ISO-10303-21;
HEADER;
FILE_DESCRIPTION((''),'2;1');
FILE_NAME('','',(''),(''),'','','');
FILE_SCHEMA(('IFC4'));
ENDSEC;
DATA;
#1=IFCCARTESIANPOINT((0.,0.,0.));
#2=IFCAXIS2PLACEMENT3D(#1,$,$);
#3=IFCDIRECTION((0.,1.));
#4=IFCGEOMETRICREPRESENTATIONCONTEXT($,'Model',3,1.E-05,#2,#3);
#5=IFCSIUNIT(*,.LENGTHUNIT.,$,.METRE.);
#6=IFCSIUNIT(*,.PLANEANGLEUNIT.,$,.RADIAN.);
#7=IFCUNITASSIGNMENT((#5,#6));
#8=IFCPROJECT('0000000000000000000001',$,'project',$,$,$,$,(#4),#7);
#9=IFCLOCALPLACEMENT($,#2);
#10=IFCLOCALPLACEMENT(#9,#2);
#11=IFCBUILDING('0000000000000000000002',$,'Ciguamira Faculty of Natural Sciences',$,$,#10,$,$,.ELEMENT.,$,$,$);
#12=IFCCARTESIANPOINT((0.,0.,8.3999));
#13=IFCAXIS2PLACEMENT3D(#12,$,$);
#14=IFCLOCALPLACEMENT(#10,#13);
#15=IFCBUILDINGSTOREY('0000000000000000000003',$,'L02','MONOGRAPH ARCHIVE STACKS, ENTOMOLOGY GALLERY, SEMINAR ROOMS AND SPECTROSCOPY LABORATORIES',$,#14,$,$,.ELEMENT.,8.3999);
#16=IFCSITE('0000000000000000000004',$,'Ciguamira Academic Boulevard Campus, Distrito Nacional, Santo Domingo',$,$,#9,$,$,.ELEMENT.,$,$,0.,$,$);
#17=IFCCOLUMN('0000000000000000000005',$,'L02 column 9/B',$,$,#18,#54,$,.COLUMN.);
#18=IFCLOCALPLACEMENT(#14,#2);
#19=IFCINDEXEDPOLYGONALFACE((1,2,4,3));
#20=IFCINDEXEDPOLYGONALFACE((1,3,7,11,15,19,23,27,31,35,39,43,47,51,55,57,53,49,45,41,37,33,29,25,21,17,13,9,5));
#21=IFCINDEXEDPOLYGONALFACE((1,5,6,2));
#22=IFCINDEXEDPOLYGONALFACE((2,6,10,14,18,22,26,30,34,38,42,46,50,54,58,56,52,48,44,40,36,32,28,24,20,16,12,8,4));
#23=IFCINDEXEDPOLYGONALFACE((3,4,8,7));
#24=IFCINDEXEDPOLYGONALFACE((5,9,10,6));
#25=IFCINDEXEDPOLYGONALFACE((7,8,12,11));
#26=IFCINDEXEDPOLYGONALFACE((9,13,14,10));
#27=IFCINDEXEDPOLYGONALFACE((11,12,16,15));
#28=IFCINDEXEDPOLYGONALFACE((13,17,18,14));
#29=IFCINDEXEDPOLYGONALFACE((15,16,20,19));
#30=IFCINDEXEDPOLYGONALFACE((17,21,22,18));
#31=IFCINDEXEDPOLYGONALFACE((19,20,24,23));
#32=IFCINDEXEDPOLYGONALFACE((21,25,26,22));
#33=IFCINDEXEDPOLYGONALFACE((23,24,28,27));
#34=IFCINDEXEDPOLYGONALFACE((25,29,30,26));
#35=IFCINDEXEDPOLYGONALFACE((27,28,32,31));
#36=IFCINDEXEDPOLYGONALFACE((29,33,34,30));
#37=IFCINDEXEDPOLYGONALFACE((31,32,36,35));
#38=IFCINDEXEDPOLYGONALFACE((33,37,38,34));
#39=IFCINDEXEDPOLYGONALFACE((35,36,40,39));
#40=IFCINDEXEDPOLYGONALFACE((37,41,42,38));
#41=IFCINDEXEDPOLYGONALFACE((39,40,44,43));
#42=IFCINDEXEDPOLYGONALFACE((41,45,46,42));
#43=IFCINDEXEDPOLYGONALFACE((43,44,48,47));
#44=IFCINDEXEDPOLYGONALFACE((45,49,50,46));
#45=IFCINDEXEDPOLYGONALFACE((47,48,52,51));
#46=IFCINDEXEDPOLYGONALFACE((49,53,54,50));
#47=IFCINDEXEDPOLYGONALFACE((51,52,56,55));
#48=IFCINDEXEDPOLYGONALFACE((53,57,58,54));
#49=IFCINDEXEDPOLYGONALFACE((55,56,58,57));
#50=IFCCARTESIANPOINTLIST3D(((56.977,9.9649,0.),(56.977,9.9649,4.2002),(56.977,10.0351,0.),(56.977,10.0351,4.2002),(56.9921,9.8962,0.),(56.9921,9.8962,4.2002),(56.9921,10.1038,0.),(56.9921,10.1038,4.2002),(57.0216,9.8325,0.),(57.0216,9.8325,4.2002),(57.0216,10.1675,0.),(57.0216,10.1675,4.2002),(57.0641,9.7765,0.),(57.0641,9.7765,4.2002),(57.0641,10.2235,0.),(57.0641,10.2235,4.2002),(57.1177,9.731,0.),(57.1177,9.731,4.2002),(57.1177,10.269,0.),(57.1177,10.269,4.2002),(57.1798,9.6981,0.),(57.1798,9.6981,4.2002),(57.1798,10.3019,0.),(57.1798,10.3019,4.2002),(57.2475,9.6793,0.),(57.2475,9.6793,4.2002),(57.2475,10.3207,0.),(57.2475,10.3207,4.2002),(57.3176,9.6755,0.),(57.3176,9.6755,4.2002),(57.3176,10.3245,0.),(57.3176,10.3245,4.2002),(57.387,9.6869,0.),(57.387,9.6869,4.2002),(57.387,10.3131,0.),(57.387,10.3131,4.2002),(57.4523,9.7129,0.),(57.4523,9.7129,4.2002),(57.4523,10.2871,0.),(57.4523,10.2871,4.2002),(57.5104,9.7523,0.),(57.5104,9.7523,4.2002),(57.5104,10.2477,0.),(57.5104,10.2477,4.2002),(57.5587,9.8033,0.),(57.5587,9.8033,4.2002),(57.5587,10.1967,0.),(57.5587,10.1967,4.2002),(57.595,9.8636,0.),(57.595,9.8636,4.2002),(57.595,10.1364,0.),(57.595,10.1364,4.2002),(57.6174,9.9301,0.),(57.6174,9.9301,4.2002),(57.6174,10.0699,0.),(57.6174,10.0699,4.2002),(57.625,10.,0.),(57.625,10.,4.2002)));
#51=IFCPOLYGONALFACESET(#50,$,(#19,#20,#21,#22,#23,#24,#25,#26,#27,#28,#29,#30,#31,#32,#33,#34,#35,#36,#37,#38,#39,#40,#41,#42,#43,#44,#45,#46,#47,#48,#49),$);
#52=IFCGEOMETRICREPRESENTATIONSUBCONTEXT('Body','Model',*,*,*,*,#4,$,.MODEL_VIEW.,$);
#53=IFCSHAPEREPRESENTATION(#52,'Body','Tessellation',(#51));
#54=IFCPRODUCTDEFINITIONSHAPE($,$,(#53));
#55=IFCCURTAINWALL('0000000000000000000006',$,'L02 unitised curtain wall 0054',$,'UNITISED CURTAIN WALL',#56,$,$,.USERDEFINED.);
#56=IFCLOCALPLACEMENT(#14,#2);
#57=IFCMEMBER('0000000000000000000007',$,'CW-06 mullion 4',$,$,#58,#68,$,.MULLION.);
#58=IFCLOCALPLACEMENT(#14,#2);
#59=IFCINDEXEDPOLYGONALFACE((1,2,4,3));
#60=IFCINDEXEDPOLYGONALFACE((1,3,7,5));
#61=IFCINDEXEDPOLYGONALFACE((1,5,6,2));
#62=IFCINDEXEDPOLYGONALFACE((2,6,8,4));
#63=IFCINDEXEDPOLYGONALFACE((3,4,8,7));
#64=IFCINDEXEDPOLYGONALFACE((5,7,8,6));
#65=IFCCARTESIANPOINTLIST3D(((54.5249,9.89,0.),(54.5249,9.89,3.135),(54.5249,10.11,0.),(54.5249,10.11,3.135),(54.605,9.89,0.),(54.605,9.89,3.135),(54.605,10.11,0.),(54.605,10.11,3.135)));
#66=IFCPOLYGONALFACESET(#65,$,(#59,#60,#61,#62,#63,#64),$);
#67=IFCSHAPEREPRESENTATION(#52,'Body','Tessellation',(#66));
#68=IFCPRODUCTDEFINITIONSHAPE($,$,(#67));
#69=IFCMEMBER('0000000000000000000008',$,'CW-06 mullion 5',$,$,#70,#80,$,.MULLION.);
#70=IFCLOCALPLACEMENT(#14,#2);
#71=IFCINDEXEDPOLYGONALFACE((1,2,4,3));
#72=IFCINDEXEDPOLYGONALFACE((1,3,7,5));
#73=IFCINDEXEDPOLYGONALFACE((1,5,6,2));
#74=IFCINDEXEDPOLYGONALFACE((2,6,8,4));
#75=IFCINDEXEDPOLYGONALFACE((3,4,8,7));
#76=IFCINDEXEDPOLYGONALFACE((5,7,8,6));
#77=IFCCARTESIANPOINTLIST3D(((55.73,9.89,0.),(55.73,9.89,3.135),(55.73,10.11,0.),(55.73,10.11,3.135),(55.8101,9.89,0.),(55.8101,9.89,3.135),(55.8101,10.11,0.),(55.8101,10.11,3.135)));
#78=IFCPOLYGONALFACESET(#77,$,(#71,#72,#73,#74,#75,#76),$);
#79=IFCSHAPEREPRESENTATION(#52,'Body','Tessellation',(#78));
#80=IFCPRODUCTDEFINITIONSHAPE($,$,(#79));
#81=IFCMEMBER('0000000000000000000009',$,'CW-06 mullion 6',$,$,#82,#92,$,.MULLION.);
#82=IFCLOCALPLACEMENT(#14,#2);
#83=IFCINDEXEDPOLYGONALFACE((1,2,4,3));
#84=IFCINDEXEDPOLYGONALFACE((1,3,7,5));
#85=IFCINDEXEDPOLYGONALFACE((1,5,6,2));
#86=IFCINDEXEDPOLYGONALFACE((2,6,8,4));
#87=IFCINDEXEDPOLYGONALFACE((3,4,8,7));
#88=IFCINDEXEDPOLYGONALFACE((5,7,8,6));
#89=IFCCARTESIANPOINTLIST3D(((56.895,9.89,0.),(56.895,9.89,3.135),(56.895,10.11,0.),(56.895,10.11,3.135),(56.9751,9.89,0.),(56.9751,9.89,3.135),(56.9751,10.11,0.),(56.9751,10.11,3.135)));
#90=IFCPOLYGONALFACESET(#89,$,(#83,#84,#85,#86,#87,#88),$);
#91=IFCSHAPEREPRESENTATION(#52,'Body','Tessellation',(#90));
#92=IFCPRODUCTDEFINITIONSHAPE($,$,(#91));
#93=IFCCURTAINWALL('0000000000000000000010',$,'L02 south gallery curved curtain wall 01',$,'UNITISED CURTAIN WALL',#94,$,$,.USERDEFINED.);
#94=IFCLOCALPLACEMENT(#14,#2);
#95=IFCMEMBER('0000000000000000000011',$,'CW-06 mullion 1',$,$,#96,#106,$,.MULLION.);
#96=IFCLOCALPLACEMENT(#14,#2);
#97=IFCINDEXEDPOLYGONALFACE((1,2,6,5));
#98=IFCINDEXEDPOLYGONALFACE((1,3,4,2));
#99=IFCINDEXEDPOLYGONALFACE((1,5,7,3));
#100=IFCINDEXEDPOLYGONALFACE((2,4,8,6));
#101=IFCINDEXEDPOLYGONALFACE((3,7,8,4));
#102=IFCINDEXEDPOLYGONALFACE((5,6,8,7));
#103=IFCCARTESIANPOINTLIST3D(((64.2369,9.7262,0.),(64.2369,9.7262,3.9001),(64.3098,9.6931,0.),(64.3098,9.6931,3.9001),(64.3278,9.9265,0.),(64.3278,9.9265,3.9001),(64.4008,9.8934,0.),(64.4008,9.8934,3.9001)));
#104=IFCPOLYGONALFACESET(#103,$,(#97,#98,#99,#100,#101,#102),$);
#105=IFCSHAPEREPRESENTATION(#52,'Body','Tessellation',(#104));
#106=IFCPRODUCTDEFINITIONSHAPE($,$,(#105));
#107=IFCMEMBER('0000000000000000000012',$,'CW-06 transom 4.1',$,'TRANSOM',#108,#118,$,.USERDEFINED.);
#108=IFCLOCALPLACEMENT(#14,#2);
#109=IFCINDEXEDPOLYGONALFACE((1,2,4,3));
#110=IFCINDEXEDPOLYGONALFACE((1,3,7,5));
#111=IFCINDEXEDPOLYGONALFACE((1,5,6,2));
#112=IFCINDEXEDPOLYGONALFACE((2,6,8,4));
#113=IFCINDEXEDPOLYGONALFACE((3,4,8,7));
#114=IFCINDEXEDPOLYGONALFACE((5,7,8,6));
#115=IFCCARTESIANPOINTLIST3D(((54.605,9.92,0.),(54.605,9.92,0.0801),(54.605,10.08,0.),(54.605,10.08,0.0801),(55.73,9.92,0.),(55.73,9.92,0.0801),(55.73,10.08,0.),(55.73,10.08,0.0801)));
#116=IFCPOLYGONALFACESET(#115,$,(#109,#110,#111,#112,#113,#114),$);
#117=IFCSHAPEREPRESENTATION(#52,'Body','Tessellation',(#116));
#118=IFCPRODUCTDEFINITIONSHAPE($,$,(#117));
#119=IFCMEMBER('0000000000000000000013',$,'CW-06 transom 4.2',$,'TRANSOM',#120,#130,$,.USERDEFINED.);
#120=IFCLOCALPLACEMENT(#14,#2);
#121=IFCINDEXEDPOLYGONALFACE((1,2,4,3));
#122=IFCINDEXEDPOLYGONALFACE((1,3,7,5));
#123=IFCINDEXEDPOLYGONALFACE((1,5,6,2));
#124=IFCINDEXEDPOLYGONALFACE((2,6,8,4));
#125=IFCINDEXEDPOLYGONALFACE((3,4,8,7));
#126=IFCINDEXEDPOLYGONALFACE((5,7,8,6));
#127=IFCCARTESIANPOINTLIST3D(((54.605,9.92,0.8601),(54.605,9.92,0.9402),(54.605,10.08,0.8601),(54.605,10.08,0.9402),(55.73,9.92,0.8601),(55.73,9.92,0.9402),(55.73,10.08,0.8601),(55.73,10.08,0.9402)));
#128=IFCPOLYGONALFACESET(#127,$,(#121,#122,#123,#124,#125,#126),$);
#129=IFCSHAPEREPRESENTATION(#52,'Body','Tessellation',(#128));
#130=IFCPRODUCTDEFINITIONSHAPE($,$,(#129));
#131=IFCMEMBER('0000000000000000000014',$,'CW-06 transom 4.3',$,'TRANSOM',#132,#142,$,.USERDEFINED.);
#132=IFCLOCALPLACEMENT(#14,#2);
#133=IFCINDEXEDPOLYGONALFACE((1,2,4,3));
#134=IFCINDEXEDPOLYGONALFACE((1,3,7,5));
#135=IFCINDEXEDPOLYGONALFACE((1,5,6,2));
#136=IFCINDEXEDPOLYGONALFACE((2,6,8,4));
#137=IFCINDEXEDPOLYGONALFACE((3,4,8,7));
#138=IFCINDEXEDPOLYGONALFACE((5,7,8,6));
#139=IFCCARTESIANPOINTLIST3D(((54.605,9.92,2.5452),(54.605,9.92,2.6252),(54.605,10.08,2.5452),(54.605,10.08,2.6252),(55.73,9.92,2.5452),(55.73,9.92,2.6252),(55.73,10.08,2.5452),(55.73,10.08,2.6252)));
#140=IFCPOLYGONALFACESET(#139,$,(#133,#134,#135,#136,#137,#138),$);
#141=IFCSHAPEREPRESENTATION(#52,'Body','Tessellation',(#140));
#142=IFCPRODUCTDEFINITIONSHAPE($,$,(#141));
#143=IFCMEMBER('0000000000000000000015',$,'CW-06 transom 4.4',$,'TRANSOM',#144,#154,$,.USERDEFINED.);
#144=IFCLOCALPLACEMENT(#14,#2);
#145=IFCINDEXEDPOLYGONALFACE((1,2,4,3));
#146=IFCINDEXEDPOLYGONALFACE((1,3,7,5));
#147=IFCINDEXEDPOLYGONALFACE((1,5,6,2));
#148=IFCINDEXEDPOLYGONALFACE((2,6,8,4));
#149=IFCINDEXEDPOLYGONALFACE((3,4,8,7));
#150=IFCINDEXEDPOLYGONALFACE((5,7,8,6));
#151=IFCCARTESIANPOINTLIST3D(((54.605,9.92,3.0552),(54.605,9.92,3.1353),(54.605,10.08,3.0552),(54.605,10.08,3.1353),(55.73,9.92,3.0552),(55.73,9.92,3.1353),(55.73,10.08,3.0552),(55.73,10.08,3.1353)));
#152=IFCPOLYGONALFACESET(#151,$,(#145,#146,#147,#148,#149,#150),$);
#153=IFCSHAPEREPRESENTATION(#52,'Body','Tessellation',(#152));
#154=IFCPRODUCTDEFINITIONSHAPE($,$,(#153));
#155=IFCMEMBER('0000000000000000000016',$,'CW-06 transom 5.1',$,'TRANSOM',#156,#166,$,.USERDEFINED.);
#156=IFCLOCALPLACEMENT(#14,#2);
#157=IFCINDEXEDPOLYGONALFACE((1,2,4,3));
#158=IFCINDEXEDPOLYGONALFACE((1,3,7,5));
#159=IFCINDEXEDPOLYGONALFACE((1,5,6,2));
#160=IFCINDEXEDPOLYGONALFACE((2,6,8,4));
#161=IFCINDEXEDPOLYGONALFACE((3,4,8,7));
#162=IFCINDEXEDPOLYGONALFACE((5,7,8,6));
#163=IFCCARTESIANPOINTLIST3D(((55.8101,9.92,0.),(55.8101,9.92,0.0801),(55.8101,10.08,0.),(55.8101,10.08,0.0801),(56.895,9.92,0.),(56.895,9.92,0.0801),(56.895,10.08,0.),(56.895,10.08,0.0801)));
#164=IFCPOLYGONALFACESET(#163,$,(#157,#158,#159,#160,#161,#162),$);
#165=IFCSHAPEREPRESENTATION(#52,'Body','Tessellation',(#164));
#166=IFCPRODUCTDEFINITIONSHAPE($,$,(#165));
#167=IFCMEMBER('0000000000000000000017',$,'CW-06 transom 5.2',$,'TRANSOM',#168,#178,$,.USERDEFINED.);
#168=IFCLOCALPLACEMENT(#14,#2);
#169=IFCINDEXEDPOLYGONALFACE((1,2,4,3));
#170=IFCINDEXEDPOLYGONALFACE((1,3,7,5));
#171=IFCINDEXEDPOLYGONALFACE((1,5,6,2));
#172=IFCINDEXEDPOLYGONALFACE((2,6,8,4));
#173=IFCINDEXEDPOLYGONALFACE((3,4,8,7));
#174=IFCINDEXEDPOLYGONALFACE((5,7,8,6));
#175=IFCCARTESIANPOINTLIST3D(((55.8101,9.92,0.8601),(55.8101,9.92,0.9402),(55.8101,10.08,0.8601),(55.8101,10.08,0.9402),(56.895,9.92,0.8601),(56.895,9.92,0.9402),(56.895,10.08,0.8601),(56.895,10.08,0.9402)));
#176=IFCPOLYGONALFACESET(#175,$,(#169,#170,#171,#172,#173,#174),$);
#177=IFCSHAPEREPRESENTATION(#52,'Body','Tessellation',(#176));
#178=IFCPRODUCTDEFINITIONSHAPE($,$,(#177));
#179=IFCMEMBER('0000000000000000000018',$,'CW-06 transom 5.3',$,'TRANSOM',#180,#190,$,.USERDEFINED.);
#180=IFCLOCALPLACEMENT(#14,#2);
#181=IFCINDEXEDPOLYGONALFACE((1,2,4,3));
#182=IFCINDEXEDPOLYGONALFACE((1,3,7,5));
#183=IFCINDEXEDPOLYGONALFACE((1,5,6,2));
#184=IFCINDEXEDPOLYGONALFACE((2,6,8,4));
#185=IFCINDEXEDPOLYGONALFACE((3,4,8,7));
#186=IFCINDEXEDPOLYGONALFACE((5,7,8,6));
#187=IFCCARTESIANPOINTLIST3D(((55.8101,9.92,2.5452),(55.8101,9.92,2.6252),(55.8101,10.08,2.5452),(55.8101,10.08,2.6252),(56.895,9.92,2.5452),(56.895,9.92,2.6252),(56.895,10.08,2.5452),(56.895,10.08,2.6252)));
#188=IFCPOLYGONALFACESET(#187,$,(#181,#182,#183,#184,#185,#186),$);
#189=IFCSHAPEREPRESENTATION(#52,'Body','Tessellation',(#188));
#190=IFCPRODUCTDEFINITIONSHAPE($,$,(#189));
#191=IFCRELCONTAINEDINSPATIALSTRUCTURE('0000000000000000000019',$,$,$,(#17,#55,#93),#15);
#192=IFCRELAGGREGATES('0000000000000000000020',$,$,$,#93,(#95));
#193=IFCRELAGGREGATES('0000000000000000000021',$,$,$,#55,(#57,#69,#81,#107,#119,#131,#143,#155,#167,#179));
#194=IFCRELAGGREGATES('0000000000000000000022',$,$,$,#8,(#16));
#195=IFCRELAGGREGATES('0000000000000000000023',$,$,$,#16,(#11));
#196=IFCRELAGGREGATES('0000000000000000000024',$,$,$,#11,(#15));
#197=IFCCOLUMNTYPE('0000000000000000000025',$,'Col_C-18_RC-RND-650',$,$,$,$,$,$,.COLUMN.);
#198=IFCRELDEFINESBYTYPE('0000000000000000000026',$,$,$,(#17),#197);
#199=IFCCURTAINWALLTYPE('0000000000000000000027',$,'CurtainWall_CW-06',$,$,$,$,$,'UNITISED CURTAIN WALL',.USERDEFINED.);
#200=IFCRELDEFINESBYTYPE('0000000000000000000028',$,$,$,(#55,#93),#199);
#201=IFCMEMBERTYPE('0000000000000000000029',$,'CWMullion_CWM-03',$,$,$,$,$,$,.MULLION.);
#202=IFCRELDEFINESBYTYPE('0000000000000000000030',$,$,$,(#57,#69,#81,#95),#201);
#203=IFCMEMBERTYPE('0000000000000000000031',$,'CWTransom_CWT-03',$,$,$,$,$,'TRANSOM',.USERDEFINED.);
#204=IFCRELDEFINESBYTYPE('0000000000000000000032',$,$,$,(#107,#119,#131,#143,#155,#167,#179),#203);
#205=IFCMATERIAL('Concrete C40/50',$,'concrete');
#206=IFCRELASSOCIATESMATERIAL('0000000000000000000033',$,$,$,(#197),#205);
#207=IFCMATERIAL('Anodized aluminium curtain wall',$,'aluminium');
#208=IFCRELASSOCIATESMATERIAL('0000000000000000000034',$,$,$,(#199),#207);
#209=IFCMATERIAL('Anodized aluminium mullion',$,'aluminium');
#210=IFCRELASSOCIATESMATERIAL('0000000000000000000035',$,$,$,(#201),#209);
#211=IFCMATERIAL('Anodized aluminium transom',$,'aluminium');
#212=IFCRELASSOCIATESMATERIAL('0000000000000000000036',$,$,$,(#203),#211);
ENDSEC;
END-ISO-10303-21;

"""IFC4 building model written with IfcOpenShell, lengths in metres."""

from ifc_helpers import new_model, si_unit, direction, frame, origin, origin_2d, place, context, subcontext, project, spatial, rectangle, circle, extrude, material, material_profile, profile_set, type_object, element, aggregate, save


model = new_model("IFC4")

# Units and contexts
model_context = context("Model", 3, precision=1e-05, world=origin(), true_north=direction((0.0, 1.0)))
body_context = subcontext(model_context, "Body", "Model", "MODEL_VIEW")
ifc_project = project(units=[si_unit("LENGTHUNIT", "METRE"), si_unit("PLANEANGLEUNIT", "RADIAN")], contexts=[model_context])

# Site, building, storey
site_placement = place(None, origin())
site = spatial("IfcSite", under=ifc_project, at=site_placement, Name="Ciguamira Academic Boulevard Campus, Distrito Nacional, Santo Domingo", CompositionType="ELEMENT", RefElevation=0.0)
building_placement = place(site_placement, origin())
building = spatial("IfcBuilding", under=site, at=building_placement, Name="Ciguamira Faculty of Natural Sciences", CompositionType="ELEMENT")
storey_placement = place(building_placement, frame((0.0, 0.0, 8.3999)))
storey = spatial("IfcBuildingStorey", under=building, at=storey_placement, Name="L02", Description="MONOGRAPH ARCHIVE STACKS, ENTOMOLOGY GALLERY, SEMINAR ROOMS AND SPECTROSCOPY LABORATORIES", CompositionType="ELEMENT", Elevation=8.3999)

# Column
ifc_material_1 = material(Name="Concrete C40/50", Category="concrete")
ifc_material_profile_1 = material_profile(ifc_material_1, circle(Radius=0.325, at=origin_2d()), Name="RC-RND-650")
ifc_profile_set_1 = profile_set([ifc_material_profile_1], Name="Concrete C40/50")
column_type = type_object("IfcColumnType", Name="Col_C-18_RC-RND-650", PredefinedType="COLUMN", material=ifc_profile_set_1)
column_placement = place(storey_placement, frame((57.3, 10.0, 0.0), z_axis=(0.0, 0.0, 1.0), x_axis=(1.0, 0.0, 0.0)))
element("IfcColumn", 1, at=column_placement, inside=storey, type_object=column_type, Name="L02 column 9/B", PredefinedType="COLUMN", context=body_context, shape_type="SweptSolid", body=[
    extrude(circle(Radius=0.325, at=origin_2d()), origin(), (0.0, 0.0, 1.0), 4.2002),
])

# Curtain wall, members
ifc_material_2 = material(Name="Anodized aluminium curtain wall", Category="aluminium")
curtain_wall_type = type_object("IfcCurtainWallType", Name="CurtainWall_CW-06", ElementType="UNITISED CURTAIN WALL", PredefinedType="USERDEFINED", material=ifc_material_2)
curtain_wall_1_placement = place(storey_placement, origin())
curtain_wall_1 = element("IfcCurtainWall", 2, at=curtain_wall_1_placement, inside=storey, type_object=curtain_wall_type, Name="L02 unitised curtain wall 0054", ObjectType="UNITISED CURTAIN WALL", PredefinedType="USERDEFINED")
ifc_material_3 = material(Name="Anodized aluminium mullion", Category="aluminium")
ifc_material_profile_2 = material_profile(ifc_material_3, rectangle(XDim=0.0801, YDim=0.22, at=origin_2d()), Name="ALU-MUL-80X220")
ifc_profile_set_2 = profile_set([ifc_material_profile_2], Name="Anodized aluminium mullion")
member_type_1 = type_object("IfcMemberType", Name="CWMullion_CWM-03", PredefinedType="MULLION", material=ifc_profile_set_2)
member_1_placement = place(storey_placement, frame((54.5649, 10.0, 0.0), z_axis=(0.0, 0.0, 1.0), x_axis=(1.0, 0.0, 0.0)))
member_1 = element("IfcMember", 3, at=member_1_placement, type_object=member_type_1, Name="CW-06 mullion 4", PredefinedType="MULLION", context=body_context, shape_type="SweptSolid", body=[
    extrude(rectangle(XDim=0.0801, YDim=0.22, at=origin_2d()), origin(), (0.0, 0.0, 1.0), 3.135),
])
member_2_placement = place(storey_placement, frame((55.77, 10.0, 0.0), z_axis=(0.0, 0.0, 1.0), x_axis=(1.0, 0.0, 0.0)))
member_2 = element("IfcMember", 4, at=member_2_placement, type_object=member_type_1, Name="CW-06 mullion 5", PredefinedType="MULLION", context=body_context, shape_type="SweptSolid", body=[
    extrude(rectangle(XDim=0.0801, YDim=0.22, at=origin_2d()), origin(), (0.0, 0.0, 1.0), 3.135),
])
member_3_placement = place(storey_placement, frame((56.9351, 10.0, 0.0), z_axis=(0.0, 0.0, 1.0), x_axis=(1.0, 0.0, 0.0)))
member_3 = element("IfcMember", 5, at=member_3_placement, type_object=member_type_1, Name="CW-06 mullion 6", PredefinedType="MULLION", context=body_context, shape_type="SweptSolid", body=[
    extrude(rectangle(XDim=0.0801, YDim=0.22, at=origin_2d()), origin(), (0.0, 0.0, 1.0), 3.135),
])

# Curtain wall, member
curtain_wall_2_placement = place(storey_placement, origin())
curtain_wall_2 = element("IfcCurtainWall", 6, at=curtain_wall_2_placement, inside=storey, type_object=curtain_wall_type, Name="L02 south gallery curved curtain wall 01", ObjectType="UNITISED CURTAIN WALL", PredefinedType="USERDEFINED")
member_4_placement = place(storey_placement, frame((64.3188, 9.8098, 0.0), z_axis=(0.0, 0.0, 1.0), x_axis=(0.910581, -0.413332, 0.0)))
member_4 = element("IfcMember", 7, at=member_4_placement, type_object=member_type_1, Name="CW-06 mullion 1", PredefinedType="MULLION", context=body_context, shape_type="SweptSolid", body=[
    extrude(rectangle(XDim=0.0801, YDim=0.22, at=origin_2d()), origin(), (0.0, 0.0, 1.0), 3.9001),
])
aggregate(curtain_wall_2, [member_4])

# Members
ifc_material_4 = material(Name="Anodized aluminium transom", Category="aluminium")
ifc_material_profile_3 = material_profile(ifc_material_4, rectangle(XDim=0.0801, YDim=0.1599, at=origin_2d()), Name="ALU-TRN-80X160")
ifc_profile_set_3 = profile_set([ifc_material_profile_3], Name="Anodized aluminium transom")
member_type_2 = type_object("IfcMemberType", Name="CWTransom_CWT-03", ElementType="TRANSOM", PredefinedType="USERDEFINED", material=ifc_profile_set_3)
member_5_placement = place(storey_placement, frame((54.605, 10.0, 0.04), z_axis=(1.0, 0.0, 0.0), x_axis=(0.0, 0.0, 1.0)))
member_5 = element("IfcMember", 8, at=member_5_placement, type_object=member_type_2, Name="CW-06 transom 4.1", ObjectType="TRANSOM", PredefinedType="USERDEFINED", context=body_context, shape_type="SweptSolid", body=[
    extrude(rectangle(XDim=0.0801, YDim=0.1599, at=origin_2d()), origin(), (0.0, 0.0, 1.0), 1.125),
])
member_6_placement = place(storey_placement, frame((54.605, 10.0, 0.9001), z_axis=(1.0, 0.0, 0.0), x_axis=(0.0, 0.0, 1.0)))
member_6 = element("IfcMember", 9, at=member_6_placement, type_object=member_type_2, Name="CW-06 transom 4.2", ObjectType="TRANSOM", PredefinedType="USERDEFINED", context=body_context, shape_type="SweptSolid", body=[
    extrude(rectangle(XDim=0.0801, YDim=0.1599, at=origin_2d()), origin(), (0.0, 0.0, 1.0), 1.125),
])
member_7_placement = place(storey_placement, frame((54.605, 10.0, 2.5852), z_axis=(1.0, 0.0, 0.0), x_axis=(0.0, 0.0, 1.0)))
member_7 = element("IfcMember", 10, at=member_7_placement, type_object=member_type_2, Name="CW-06 transom 4.3", ObjectType="TRANSOM", PredefinedType="USERDEFINED", context=body_context, shape_type="SweptSolid", body=[
    extrude(rectangle(XDim=0.0801, YDim=0.1599, at=origin_2d()), origin(), (0.0, 0.0, 1.0), 1.125),
])
member_8_placement = place(storey_placement, frame((54.605, 10.0, 3.0952), z_axis=(1.0, 0.0, 0.0), x_axis=(0.0, 0.0, 1.0)))
member_8 = element("IfcMember", 11, at=member_8_placement, type_object=member_type_2, Name="CW-06 transom 4.4", ObjectType="TRANSOM", PredefinedType="USERDEFINED", context=body_context, shape_type="SweptSolid", body=[
    extrude(rectangle(XDim=0.0801, YDim=0.1599, at=origin_2d()), origin(), (0.0, 0.0, 1.0), 1.125),
])
member_9_placement = place(storey_placement, frame((55.8101, 10.0, 0.04), z_axis=(1.0, 0.0, 0.0), x_axis=(0.0, 0.0, 1.0)))
member_9 = element("IfcMember", 12, at=member_9_placement, type_object=member_type_2, Name="CW-06 transom 5.1", ObjectType="TRANSOM", PredefinedType="USERDEFINED", context=body_context, shape_type="SweptSolid", body=[
    extrude(rectangle(XDim=0.0801, YDim=0.1599, at=origin_2d()), origin(), (0.0, 0.0, 1.0), 1.085),
])
member_10_placement = place(storey_placement, frame((55.8101, 10.0, 0.9001), z_axis=(1.0, 0.0, 0.0), x_axis=(0.0, 0.0, 1.0)))
member_10 = element("IfcMember", 13, at=member_10_placement, type_object=member_type_2, Name="CW-06 transom 5.2", ObjectType="TRANSOM", PredefinedType="USERDEFINED", context=body_context, shape_type="SweptSolid", body=[
    extrude(rectangle(XDim=0.0801, YDim=0.1599, at=origin_2d()), origin(), (0.0, 0.0, 1.0), 1.085),
])
member_11_placement = place(storey_placement, frame((55.8101, 10.0, 2.5852), z_axis=(1.0, 0.0, 0.0), x_axis=(0.0, 0.0, 1.0)))
member_11 = element("IfcMember", 14, at=member_11_placement, type_object=member_type_2, Name="CW-06 transom 5.3", ObjectType="TRANSOM", PredefinedType="USERDEFINED", context=body_context, shape_type="SweptSolid", body=[
    extrude(rectangle(XDim=0.0801, YDim=0.1599, at=origin_2d()), origin(), (0.0, 0.0, 1.0), 1.085),
])

aggregate(curtain_wall_1, [member_1, member_2, member_3, member_5, member_6, member_7, member_8, member_9, member_10, member_11])

save(model, "model.ifc")
